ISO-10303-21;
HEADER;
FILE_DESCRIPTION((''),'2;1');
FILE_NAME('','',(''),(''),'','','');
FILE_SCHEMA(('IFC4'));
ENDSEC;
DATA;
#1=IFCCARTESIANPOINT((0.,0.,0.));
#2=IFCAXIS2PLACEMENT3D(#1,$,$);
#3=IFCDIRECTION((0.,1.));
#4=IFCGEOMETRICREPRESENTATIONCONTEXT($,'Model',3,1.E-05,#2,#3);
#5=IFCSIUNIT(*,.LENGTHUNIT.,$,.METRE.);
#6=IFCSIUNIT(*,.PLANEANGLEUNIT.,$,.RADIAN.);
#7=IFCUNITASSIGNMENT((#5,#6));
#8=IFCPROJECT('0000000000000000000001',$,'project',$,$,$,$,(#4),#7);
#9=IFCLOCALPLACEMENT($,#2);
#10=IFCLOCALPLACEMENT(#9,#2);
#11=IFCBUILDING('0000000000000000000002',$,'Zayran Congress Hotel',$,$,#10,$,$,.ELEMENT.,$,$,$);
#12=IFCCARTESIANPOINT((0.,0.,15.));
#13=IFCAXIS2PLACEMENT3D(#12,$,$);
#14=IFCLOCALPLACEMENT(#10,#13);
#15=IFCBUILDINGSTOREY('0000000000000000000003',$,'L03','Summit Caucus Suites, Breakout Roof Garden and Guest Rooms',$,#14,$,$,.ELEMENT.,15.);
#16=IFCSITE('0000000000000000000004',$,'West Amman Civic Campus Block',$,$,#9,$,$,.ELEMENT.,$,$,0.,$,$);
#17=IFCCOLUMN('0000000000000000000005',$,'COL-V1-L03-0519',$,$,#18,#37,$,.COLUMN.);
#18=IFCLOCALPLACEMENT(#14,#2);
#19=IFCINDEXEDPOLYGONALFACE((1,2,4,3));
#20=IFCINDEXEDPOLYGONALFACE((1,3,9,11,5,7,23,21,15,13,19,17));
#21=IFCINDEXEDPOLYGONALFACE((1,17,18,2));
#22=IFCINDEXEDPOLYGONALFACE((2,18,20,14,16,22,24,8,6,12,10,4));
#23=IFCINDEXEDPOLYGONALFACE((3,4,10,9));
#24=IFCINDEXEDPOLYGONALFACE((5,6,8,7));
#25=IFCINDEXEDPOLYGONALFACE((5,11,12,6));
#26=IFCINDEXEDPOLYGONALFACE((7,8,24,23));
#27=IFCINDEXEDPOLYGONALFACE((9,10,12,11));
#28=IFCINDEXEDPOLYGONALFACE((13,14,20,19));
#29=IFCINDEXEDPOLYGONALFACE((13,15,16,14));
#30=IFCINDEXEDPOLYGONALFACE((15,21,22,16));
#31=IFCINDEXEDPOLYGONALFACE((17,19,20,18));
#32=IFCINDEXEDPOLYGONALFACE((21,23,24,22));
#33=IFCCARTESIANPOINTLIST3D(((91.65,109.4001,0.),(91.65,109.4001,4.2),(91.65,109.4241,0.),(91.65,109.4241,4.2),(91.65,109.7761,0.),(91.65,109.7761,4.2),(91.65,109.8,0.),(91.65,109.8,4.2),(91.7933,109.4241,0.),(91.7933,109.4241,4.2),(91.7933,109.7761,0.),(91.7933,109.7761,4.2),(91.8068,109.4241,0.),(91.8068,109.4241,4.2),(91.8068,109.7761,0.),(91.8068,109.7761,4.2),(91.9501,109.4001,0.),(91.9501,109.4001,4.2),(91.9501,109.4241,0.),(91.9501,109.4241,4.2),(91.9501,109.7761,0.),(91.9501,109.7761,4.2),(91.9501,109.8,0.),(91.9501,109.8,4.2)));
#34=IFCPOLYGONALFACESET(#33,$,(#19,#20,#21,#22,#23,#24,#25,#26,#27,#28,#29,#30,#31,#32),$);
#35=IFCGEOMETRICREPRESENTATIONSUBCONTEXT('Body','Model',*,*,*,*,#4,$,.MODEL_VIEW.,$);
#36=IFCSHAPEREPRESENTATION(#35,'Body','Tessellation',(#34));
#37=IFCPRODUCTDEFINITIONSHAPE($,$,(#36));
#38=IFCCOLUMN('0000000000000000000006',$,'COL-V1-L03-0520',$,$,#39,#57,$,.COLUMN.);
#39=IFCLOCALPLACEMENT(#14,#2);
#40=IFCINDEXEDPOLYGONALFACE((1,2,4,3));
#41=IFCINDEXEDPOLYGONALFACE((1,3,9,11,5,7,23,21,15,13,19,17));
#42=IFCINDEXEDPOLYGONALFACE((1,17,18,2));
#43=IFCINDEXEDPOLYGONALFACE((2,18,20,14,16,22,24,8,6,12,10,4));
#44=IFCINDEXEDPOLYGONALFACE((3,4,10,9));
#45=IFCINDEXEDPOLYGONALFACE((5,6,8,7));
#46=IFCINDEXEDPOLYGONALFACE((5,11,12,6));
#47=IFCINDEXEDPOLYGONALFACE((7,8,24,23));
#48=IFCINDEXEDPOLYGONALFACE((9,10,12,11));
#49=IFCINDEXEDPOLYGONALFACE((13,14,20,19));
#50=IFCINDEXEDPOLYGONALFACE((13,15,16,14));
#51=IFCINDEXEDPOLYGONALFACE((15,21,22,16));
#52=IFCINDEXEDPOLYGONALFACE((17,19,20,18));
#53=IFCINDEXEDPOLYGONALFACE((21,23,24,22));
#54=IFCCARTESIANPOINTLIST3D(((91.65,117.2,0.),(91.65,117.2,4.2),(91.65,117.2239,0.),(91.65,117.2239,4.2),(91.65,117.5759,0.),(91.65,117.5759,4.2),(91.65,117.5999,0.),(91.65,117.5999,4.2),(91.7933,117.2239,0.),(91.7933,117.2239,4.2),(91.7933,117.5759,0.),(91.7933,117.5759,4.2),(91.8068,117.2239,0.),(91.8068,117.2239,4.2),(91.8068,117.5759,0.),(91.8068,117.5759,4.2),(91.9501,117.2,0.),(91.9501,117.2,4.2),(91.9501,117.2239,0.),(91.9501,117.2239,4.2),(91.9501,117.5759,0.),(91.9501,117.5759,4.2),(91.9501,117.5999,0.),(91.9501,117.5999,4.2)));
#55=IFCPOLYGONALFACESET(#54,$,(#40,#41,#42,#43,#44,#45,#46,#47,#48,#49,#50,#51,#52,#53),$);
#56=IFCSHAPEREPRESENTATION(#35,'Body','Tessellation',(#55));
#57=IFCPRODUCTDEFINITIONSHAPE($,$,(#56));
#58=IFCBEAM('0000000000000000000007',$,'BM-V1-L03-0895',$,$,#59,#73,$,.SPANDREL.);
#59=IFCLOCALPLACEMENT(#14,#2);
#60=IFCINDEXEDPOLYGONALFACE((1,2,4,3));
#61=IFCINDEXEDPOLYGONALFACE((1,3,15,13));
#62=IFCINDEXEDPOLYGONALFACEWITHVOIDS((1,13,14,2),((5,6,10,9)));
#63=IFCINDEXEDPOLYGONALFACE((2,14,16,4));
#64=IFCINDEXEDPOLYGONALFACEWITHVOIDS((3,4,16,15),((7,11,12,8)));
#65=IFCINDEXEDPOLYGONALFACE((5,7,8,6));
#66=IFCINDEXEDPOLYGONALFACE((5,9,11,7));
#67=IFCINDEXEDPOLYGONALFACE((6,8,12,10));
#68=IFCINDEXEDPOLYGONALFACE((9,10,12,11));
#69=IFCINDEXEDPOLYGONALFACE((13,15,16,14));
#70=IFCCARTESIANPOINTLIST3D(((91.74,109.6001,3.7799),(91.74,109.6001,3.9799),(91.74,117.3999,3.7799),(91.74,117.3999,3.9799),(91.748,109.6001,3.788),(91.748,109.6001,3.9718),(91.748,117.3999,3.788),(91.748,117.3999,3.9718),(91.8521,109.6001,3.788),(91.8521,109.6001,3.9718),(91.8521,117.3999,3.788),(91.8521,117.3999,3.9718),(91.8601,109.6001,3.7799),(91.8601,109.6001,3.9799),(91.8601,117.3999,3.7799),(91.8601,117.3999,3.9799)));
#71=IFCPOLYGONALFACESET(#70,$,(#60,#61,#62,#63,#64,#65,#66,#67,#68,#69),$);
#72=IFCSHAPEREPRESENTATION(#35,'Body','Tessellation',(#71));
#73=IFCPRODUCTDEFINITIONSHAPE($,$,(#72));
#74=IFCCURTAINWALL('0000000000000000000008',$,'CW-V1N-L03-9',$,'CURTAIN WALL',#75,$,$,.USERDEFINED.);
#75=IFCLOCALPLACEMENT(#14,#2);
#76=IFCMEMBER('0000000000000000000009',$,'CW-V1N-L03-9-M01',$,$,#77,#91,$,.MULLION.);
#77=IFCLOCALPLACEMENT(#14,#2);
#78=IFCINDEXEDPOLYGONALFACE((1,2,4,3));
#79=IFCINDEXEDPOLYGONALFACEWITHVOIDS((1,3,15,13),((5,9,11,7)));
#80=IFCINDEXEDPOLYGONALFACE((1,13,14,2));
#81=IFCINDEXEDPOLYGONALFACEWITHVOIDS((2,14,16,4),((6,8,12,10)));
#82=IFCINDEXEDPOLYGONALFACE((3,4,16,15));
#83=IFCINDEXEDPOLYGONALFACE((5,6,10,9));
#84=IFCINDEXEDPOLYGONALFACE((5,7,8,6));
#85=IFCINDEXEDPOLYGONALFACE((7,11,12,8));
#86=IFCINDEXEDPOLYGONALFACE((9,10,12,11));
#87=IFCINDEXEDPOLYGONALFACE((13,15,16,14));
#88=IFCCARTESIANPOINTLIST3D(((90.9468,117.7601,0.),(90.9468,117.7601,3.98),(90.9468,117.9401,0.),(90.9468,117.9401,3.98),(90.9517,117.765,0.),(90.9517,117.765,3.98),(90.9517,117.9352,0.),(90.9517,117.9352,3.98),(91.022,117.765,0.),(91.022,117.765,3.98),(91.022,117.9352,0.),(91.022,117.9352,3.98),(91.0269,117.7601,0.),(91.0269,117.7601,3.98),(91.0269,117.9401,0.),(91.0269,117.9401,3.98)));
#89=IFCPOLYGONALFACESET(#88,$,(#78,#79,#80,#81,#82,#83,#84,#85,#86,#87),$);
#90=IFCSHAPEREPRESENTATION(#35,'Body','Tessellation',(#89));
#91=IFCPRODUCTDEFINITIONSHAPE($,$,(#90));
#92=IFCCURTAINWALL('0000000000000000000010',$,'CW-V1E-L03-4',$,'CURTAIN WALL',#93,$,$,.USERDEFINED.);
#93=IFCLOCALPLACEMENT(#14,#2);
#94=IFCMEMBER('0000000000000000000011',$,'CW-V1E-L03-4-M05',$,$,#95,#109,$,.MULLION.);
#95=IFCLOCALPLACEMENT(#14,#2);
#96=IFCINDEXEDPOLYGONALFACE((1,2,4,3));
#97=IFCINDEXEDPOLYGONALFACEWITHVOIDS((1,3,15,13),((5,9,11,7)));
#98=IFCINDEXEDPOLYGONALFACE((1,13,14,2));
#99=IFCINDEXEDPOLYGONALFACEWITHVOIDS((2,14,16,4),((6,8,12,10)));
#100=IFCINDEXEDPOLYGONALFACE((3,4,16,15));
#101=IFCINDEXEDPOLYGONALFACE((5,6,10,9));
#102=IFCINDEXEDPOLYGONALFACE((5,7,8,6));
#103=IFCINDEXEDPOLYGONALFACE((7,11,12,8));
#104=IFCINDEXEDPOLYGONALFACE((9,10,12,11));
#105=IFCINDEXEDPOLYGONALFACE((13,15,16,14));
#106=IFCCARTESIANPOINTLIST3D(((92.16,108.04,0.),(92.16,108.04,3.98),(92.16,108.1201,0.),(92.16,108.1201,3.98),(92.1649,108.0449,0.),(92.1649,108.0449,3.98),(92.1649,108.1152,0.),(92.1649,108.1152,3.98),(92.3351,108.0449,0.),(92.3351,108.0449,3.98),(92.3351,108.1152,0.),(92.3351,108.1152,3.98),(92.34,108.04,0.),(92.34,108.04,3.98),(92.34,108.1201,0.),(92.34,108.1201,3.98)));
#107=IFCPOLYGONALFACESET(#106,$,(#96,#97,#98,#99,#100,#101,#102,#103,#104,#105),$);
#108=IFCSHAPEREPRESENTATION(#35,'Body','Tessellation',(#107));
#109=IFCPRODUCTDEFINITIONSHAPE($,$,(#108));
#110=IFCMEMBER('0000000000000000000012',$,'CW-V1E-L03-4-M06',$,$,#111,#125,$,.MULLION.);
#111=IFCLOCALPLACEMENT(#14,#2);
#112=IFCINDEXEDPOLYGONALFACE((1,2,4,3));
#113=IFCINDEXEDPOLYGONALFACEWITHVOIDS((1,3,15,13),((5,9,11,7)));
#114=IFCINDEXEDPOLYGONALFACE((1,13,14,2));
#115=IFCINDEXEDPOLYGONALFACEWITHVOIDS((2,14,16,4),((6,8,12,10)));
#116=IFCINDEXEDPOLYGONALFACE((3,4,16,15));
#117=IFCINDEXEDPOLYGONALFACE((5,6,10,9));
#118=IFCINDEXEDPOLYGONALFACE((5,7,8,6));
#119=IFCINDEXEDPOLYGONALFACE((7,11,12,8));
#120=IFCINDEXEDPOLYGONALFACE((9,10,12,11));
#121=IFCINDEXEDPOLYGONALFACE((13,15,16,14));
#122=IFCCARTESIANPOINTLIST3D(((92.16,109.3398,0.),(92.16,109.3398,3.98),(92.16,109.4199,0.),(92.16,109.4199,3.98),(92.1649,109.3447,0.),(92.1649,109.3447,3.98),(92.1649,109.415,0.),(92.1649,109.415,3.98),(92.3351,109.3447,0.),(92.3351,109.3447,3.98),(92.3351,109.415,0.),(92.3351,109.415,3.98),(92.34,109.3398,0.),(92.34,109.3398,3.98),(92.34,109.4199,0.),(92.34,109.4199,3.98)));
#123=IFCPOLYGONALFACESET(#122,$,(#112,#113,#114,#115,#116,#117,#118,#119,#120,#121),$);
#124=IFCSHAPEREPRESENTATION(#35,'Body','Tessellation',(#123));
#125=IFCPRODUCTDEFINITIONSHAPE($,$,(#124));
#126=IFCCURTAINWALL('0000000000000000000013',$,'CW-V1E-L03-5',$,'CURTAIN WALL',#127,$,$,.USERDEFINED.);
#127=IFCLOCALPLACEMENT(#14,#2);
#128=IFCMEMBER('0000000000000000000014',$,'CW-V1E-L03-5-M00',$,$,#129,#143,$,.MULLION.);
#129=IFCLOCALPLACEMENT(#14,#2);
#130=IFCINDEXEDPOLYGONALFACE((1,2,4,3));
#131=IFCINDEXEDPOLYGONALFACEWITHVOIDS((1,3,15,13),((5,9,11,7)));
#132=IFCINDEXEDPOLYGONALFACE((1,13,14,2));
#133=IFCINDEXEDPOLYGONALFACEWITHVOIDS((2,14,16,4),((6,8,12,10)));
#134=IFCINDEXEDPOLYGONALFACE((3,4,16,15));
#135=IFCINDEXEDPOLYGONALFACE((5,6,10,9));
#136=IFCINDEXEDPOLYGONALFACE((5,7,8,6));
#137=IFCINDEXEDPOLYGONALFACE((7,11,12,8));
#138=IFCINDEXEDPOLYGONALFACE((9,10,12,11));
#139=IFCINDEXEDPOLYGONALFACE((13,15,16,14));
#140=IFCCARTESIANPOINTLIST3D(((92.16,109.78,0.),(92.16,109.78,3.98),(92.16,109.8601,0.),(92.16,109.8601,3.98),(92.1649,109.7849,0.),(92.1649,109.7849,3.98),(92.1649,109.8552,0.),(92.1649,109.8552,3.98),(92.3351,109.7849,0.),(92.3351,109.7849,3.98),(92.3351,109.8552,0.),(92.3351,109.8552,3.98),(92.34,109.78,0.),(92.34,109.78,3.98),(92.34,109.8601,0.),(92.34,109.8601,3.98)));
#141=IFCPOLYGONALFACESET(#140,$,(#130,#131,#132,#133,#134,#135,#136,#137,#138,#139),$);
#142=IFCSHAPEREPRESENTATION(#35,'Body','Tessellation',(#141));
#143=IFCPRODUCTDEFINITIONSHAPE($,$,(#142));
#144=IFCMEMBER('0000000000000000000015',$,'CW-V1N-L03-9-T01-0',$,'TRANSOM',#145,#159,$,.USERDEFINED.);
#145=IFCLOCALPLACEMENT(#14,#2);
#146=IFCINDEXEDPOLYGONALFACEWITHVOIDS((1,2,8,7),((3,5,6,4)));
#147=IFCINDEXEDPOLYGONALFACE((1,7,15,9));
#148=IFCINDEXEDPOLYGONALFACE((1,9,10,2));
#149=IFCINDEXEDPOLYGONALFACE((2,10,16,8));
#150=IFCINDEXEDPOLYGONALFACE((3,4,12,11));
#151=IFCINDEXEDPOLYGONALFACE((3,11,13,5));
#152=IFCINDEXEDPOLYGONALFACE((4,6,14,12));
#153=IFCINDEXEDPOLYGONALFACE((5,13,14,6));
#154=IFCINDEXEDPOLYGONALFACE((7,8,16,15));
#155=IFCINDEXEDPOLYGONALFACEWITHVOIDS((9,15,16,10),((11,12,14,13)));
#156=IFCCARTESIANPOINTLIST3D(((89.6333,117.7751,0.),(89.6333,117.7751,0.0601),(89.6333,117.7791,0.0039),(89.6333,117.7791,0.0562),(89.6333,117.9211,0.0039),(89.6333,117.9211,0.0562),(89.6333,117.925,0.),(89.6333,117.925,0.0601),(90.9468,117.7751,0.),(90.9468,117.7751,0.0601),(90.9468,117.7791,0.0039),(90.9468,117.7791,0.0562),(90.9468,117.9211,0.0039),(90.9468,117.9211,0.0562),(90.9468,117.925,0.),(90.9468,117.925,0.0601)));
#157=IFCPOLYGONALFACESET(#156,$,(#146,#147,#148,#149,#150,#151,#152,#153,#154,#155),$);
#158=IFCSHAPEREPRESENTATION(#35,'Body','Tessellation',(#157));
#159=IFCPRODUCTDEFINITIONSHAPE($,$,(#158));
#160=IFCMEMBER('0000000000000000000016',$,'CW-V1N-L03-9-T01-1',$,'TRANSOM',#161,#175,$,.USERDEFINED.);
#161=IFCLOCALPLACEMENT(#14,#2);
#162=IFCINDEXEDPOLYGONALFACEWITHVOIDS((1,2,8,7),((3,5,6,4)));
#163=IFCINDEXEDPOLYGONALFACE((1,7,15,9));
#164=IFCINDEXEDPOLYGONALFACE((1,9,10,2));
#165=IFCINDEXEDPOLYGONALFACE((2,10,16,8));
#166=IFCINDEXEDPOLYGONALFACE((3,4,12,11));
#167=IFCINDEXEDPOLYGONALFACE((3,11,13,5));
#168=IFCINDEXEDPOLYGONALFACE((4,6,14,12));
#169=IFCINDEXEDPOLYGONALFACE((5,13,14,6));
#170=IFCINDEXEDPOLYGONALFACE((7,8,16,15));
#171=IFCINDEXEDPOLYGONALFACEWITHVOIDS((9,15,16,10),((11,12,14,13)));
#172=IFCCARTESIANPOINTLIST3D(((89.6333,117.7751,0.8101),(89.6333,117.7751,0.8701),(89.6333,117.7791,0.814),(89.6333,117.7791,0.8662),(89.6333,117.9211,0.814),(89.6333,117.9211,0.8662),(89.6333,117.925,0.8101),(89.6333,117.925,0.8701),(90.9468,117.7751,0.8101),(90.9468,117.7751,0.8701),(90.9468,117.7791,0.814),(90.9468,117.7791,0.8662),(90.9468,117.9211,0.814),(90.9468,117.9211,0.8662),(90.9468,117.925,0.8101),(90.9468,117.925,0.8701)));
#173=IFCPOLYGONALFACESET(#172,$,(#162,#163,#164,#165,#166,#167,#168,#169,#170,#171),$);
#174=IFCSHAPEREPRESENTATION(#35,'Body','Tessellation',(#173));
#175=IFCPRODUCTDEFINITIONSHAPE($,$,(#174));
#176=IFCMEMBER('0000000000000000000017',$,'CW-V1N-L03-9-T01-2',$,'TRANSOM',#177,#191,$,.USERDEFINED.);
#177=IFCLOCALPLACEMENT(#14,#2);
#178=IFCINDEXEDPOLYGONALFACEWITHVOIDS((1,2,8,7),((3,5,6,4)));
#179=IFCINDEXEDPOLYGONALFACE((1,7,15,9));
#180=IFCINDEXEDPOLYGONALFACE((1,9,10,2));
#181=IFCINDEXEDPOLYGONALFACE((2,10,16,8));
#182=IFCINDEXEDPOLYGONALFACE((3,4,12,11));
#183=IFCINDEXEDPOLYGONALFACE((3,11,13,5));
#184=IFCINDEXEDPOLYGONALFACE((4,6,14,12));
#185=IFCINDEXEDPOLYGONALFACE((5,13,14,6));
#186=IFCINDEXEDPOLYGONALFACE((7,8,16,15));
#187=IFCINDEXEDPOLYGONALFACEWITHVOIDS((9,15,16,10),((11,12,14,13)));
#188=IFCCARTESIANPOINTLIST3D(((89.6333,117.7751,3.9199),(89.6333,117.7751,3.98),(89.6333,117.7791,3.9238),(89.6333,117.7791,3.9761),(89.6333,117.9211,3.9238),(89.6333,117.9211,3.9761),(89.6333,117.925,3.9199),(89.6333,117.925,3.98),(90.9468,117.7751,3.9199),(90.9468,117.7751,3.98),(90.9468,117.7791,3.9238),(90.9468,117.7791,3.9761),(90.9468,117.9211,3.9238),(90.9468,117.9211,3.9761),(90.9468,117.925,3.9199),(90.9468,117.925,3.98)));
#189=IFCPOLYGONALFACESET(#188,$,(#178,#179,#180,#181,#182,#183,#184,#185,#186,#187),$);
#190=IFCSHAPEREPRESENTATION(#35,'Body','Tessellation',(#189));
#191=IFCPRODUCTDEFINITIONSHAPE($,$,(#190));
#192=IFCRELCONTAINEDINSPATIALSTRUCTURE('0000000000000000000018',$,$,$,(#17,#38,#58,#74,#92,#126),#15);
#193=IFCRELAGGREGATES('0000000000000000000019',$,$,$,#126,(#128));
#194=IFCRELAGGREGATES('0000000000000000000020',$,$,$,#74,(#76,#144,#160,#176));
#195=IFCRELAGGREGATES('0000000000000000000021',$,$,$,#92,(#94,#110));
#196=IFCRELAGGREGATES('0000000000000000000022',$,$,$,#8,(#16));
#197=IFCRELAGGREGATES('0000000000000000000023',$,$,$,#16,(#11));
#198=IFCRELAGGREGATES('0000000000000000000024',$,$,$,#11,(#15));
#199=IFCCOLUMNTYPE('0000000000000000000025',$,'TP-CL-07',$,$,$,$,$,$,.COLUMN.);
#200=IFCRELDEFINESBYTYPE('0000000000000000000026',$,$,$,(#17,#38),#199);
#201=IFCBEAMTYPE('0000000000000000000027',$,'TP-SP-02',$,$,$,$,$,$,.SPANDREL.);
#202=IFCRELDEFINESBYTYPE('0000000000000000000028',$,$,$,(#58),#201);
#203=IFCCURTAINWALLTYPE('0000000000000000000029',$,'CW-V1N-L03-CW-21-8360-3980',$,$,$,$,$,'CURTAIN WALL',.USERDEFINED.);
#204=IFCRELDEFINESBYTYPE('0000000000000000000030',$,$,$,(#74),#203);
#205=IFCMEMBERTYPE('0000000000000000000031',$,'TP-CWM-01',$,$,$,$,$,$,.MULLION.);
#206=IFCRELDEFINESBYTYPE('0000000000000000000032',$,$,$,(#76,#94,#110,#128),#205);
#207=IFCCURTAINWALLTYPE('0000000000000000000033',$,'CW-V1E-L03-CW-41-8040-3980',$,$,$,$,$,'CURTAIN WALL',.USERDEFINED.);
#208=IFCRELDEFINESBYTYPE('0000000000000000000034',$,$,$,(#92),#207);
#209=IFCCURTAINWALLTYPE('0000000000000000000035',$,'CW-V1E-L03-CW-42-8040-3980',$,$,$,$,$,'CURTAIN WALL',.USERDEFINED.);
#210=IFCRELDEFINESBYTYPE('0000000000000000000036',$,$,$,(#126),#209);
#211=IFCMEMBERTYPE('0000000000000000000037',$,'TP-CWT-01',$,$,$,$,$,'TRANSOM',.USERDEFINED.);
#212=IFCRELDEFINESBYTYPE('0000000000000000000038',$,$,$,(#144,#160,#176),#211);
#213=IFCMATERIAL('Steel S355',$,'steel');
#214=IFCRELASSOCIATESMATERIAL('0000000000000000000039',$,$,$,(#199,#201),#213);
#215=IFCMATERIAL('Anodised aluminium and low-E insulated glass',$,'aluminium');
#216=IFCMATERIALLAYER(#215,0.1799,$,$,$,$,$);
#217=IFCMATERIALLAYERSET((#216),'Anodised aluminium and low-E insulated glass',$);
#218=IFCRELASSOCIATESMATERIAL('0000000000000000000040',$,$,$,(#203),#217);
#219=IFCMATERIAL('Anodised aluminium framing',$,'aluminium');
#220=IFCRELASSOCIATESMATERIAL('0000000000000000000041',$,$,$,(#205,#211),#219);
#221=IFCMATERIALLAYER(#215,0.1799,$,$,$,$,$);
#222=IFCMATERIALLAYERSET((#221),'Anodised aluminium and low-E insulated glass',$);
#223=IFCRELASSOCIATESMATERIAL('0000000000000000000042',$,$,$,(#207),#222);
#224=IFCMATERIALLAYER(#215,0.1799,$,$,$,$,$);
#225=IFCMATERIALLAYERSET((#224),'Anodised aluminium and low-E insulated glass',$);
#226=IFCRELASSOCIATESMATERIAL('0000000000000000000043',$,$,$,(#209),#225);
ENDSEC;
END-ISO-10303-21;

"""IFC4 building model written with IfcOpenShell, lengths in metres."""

from ifc_helpers import new_model, si_unit, direction, frame, origin, origin_2d, place, context, subcontext, project, spatial, hollow_rectangle, i_section, extrude, material, layer, layer_set, material_profile, profile_set, type_object, element, aggregate, save


model = new_model("IFC4")

# Units and contexts
model_context = context("Model", 3, precision=1e-05, world=origin(), true_north=direction((0.0, 1.0)))
body_context = subcontext(model_context, "Body", "Model", "MODEL_VIEW")
ifc_project = project(units=[si_unit("LENGTHUNIT", "METRE"), si_unit("PLANEANGLEUNIT", "RADIAN")], contexts=[model_context])

# Site, building, storey
site_placement = place(None, origin())
site = spatial("IfcSite", under=ifc_project, at=site_placement, Name="West Amman Civic Campus Block", CompositionType="ELEMENT", RefElevation=0.0)
building_placement = place(site_placement, origin())
building = spatial("IfcBuilding", under=site, at=building_placement, Name="Zayran Congress Hotel", CompositionType="ELEMENT")
storey_placement = place(building_placement, frame((0.0, 0.0, 15.0)))
storey = spatial("IfcBuildingStorey", under=building, at=storey_placement, Name="L03", Description="Summit Caucus Suites, Breakout Roof Garden and Guest Rooms", CompositionType="ELEMENT", Elevation=15.0)

# Columns
ifc_material_1 = material(Name="Steel S355", Category="steel")
ifc_material_profile_1 = material_profile(ifc_material_1, i_section(OverallWidth=0.3, OverallDepth=0.3999, WebThickness=0.0134, FlangeThickness=0.0239, at=origin_2d()), Name="HEB 400")
ifc_profile_set_1 = profile_set([ifc_material_profile_1], Name="Steel S355")
column_type = type_object("IfcColumnType", Name="TP-CL-07", PredefinedType="COLUMN", material=ifc_profile_set_1)
for number, where, z_axis, x_axis, name in (
    (1, (91.8, 109.6001, 0.0), (0.0, 0.0, 1.0), (1.0, 0.0, 0.0), "COL-V1-L03-0519"),
    (2, (91.8, 117.3999, 0.0), (0.0, 0.0, 1.0), (1.0, 0.0, 0.0), "COL-V1-L03-0520"),
):
    element("IfcColumn", number, at=place(storey_placement, frame(where, z_axis=z_axis, x_axis=x_axis)), inside=storey, type_object=column_type, Name=name, PredefinedType="COLUMN", context=body_context, shape_type="SweptSolid", body=[
        extrude(i_section(OverallWidth=0.3, OverallDepth=0.3999, WebThickness=0.0134, FlangeThickness=0.0239, at=origin_2d()), origin(), (0.0, 0.0, 1.0), 4.2),
    ])

# Beam
ifc_material_profile_2 = material_profile(ifc_material_1, hollow_rectangle(XDim=0.1201, YDim=0.2, WallThickness=0.0081, at=origin_2d()), Name="RHS 200x120x8")
ifc_profile_set_2 = profile_set([ifc_material_profile_2], Name="Steel S355")
beam_type = type_object("IfcBeamType", Name="TP-SP-02", PredefinedType="SPANDREL", material=ifc_profile_set_2)
beam_placement = place(storey_placement, frame((91.8, 109.6001, 3.8799), z_axis=(0.0, 1.0, 0.0), x_axis=(-1.0, 0.0, 0.0)))
element("IfcBeam", 3, at=beam_placement, inside=storey, type_object=beam_type, Name="BM-V1-L03-0895", PredefinedType="SPANDREL", context=body_context, shape_type="SweptSolid", body=[
    extrude(hollow_rectangle(XDim=0.1201, YDim=0.2, WallThickness=0.0081, at=origin_2d()), origin(), (0.0, 0.0, 1.0), 7.7998),
])

# Curtain wall, member
ifc_material_2 = material(Name="Anodised aluminium and low-E insulated glass", Category="aluminium")
ifc_layer_1 = layer(ifc_material_2, 0.1799)
ifc_layer_set_1 = layer_set([ifc_layer_1], Name="Anodised aluminium and low-E insulated glass")
curtain_wall_type_1 = type_object("IfcCurtainWallType", Name="CW-V1N-L03-CW-21-8360-3980", ElementType="CURTAIN WALL", PredefinedType="USERDEFINED", material=ifc_layer_set_1)
curtain_wall_1_placement = place(storey_placement, origin())
curtain_wall_1 = element("IfcCurtainWall", 4, at=curtain_wall_1_placement, inside=storey, type_object=curtain_wall_type_1, Name="CW-V1N-L03-9", ObjectType="CURTAIN WALL", PredefinedType="USERDEFINED")
ifc_material_3 = material(Name="Anodised aluminium framing", Category="aluminium")
ifc_material_profile_3 = material_profile(ifc_material_3, hollow_rectangle(XDim=0.0801, YDim=0.1799, WallThickness=0.0049, at=origin_2d()), Name="RHS 180x80x5")
ifc_profile_set_3 = profile_set([ifc_material_profile_3], Name="Anodised aluminium framing")
member_type_1 = type_object("IfcMemberType", Name="TP-CWM-01", PredefinedType="MULLION", material=ifc_profile_set_3)
member_1_placement = place(storey_placement, frame((90.9868, 117.8501, 0.0), z_axis=(0.0, 0.0, 1.0), x_axis=(1.0, 0.0, 0.0)))
member_1 = element("IfcMember", 5, at=member_1_placement, type_object=member_type_1, Name="CW-V1N-L03-9-M01", PredefinedType="MULLION", context=body_context, shape_type="SweptSolid", body=[
    extrude(hollow_rectangle(XDim=0.0801, YDim=0.1799, WallThickness=0.0049, at=origin_2d()), origin(), (0.0, 0.0, 1.0), 3.98),
])

# Curtain wall, members
ifc_layer_2 = layer(ifc_material_2, 0.1799)
ifc_layer_set_2 = layer_set([ifc_layer_2], Name="Anodised aluminium and low-E insulated glass")
curtain_wall_type_2 = type_object("IfcCurtainWallType", Name="CW-V1E-L03-CW-41-8040-3980", ElementType="CURTAIN WALL", PredefinedType="USERDEFINED", material=ifc_layer_set_2)
curtain_wall_2_placement = place(storey_placement, origin())
curtain_wall_2 = element("IfcCurtainWall", 6, at=curtain_wall_2_placement, inside=storey, type_object=curtain_wall_type_2, Name="CW-V1E-L03-4", ObjectType="CURTAIN WALL", PredefinedType="USERDEFINED")
member_2_placement = place(storey_placement, frame((92.25, 108.0801, 0.0), z_axis=(0.0, 0.0, 1.0), x_axis=(0.0, 1.0, 0.0)))
member_2 = element("IfcMember", 7, at=member_2_placement, type_object=member_type_1, Name="CW-V1E-L03-4-M05", PredefinedType="MULLION", context=body_context, shape_type="SweptSolid", body=[
    extrude(hollow_rectangle(XDim=0.0801, YDim=0.1799, WallThickness=0.0049, at=origin_2d()), origin(), (0.0, 0.0, 1.0), 3.98),
])
member_3_placement = place(storey_placement, frame((92.25, 109.3799, 0.0), z_axis=(0.0, 0.0, 1.0), x_axis=(0.0, 1.0, 0.0)))
member_3 = element("IfcMember", 8, at=member_3_placement, type_object=member_type_1, Name="CW-V1E-L03-4-M06", PredefinedType="MULLION", context=body_context, shape_type="SweptSolid", body=[
    extrude(hollow_rectangle(XDim=0.0801, YDim=0.1799, WallThickness=0.0049, at=origin_2d()), origin(), (0.0, 0.0, 1.0), 3.98),
])

# Curtain wall, member
ifc_layer_3 = layer(ifc_material_2, 0.1799)
ifc_layer_set_3 = layer_set([ifc_layer_3], Name="Anodised aluminium and low-E insulated glass")
curtain_wall_type_3 = type_object("IfcCurtainWallType", Name="CW-V1E-L03-CW-42-8040-3980", ElementType="CURTAIN WALL", PredefinedType="USERDEFINED", material=ifc_layer_set_3)
curtain_wall_3_placement = place(storey_placement, origin())
curtain_wall_3 = element("IfcCurtainWall", 9, at=curtain_wall_3_placement, inside=storey, type_object=curtain_wall_type_3, Name="CW-V1E-L03-5", ObjectType="CURTAIN WALL", PredefinedType="USERDEFINED")
member_4_placement = place(storey_placement, frame((92.25, 109.8201, 0.0), z_axis=(0.0, 0.0, 1.0), x_axis=(0.0, 1.0, 0.0)))
member_4 = element("IfcMember", 10, at=member_4_placement, type_object=member_type_1, Name="CW-V1E-L03-5-M00", PredefinedType="MULLION", context=body_context, shape_type="SweptSolid", body=[
    extrude(hollow_rectangle(XDim=0.0801, YDim=0.1799, WallThickness=0.0049, at=origin_2d()), origin(), (0.0, 0.0, 1.0), 3.98),
])

# Members
ifc_material_profile_4 = material_profile(ifc_material_3, hollow_rectangle(XDim=0.0601, YDim=0.1499, WallThickness=0.0039, at=origin_2d()), Name="RHS 150x60x4")
ifc_profile_set_4 = profile_set([ifc_material_profile_4], Name="Anodised aluminium framing")
member_type_2 = type_object("IfcMemberType", Name="TP-CWT-01", ElementType="TRANSOM", PredefinedType="USERDEFINED", material=ifc_profile_set_4)
member_5_placement = place(storey_placement, frame((90.9468, 117.8501, 0.03), z_axis=(-1.0, 0.0, 0.0), x_axis=(0.0, 0.0, 1.0)))
member_5 = element("IfcMember", 11, at=member_5_placement, type_object=member_type_2, Name="CW-V1N-L03-9-T01-0", ObjectType="TRANSOM", PredefinedType="USERDEFINED", context=body_context, shape_type="SweptSolid", body=[
    extrude(hollow_rectangle(XDim=0.0601, YDim=0.1499, WallThickness=0.0039, at=origin_2d()), origin(), (0.0, 0.0, 1.0), 1.3135),
])
member_6_placement = place(storey_placement, frame((90.9468, 117.8501, 0.8401), z_axis=(-1.0, 0.0, 0.0), x_axis=(0.0, 0.0, 1.0)))
member_6 = element("IfcMember", 12, at=member_6_placement, type_object=member_type_2, Name="CW-V1N-L03-9-T01-1", ObjectType="TRANSOM", PredefinedType="USERDEFINED", context=body_context, shape_type="SweptSolid", body=[
    extrude(hollow_rectangle(XDim=0.0601, YDim=0.1499, WallThickness=0.0039, at=origin_2d()), origin(), (0.0, 0.0, 1.0), 1.3135),
])
member_7_placement = place(storey_placement, frame((90.9468, 117.8501, 3.95), z_axis=(-1.0, 0.0, 0.0), x_axis=(0.0, 0.0, 1.0)))
member_7 = element("IfcMember", 13, at=member_7_placement, type_object=member_type_2, Name="CW-V1N-L03-9-T01-2", ObjectType="TRANSOM", PredefinedType="USERDEFINED", context=body_context, shape_type="SweptSolid", body=[
    extrude(hollow_rectangle(XDim=0.0601, YDim=0.1499, WallThickness=0.0039, at=origin_2d()), origin(), (0.0, 0.0, 1.0), 1.3135),
])
aggregate(curtain_wall_3, [member_4])

aggregate(curtain_wall_1, [member_1, member_5, member_6, member_7])
aggregate(curtain_wall_2, [member_2, member_3])

save(model, "model.ifc")
